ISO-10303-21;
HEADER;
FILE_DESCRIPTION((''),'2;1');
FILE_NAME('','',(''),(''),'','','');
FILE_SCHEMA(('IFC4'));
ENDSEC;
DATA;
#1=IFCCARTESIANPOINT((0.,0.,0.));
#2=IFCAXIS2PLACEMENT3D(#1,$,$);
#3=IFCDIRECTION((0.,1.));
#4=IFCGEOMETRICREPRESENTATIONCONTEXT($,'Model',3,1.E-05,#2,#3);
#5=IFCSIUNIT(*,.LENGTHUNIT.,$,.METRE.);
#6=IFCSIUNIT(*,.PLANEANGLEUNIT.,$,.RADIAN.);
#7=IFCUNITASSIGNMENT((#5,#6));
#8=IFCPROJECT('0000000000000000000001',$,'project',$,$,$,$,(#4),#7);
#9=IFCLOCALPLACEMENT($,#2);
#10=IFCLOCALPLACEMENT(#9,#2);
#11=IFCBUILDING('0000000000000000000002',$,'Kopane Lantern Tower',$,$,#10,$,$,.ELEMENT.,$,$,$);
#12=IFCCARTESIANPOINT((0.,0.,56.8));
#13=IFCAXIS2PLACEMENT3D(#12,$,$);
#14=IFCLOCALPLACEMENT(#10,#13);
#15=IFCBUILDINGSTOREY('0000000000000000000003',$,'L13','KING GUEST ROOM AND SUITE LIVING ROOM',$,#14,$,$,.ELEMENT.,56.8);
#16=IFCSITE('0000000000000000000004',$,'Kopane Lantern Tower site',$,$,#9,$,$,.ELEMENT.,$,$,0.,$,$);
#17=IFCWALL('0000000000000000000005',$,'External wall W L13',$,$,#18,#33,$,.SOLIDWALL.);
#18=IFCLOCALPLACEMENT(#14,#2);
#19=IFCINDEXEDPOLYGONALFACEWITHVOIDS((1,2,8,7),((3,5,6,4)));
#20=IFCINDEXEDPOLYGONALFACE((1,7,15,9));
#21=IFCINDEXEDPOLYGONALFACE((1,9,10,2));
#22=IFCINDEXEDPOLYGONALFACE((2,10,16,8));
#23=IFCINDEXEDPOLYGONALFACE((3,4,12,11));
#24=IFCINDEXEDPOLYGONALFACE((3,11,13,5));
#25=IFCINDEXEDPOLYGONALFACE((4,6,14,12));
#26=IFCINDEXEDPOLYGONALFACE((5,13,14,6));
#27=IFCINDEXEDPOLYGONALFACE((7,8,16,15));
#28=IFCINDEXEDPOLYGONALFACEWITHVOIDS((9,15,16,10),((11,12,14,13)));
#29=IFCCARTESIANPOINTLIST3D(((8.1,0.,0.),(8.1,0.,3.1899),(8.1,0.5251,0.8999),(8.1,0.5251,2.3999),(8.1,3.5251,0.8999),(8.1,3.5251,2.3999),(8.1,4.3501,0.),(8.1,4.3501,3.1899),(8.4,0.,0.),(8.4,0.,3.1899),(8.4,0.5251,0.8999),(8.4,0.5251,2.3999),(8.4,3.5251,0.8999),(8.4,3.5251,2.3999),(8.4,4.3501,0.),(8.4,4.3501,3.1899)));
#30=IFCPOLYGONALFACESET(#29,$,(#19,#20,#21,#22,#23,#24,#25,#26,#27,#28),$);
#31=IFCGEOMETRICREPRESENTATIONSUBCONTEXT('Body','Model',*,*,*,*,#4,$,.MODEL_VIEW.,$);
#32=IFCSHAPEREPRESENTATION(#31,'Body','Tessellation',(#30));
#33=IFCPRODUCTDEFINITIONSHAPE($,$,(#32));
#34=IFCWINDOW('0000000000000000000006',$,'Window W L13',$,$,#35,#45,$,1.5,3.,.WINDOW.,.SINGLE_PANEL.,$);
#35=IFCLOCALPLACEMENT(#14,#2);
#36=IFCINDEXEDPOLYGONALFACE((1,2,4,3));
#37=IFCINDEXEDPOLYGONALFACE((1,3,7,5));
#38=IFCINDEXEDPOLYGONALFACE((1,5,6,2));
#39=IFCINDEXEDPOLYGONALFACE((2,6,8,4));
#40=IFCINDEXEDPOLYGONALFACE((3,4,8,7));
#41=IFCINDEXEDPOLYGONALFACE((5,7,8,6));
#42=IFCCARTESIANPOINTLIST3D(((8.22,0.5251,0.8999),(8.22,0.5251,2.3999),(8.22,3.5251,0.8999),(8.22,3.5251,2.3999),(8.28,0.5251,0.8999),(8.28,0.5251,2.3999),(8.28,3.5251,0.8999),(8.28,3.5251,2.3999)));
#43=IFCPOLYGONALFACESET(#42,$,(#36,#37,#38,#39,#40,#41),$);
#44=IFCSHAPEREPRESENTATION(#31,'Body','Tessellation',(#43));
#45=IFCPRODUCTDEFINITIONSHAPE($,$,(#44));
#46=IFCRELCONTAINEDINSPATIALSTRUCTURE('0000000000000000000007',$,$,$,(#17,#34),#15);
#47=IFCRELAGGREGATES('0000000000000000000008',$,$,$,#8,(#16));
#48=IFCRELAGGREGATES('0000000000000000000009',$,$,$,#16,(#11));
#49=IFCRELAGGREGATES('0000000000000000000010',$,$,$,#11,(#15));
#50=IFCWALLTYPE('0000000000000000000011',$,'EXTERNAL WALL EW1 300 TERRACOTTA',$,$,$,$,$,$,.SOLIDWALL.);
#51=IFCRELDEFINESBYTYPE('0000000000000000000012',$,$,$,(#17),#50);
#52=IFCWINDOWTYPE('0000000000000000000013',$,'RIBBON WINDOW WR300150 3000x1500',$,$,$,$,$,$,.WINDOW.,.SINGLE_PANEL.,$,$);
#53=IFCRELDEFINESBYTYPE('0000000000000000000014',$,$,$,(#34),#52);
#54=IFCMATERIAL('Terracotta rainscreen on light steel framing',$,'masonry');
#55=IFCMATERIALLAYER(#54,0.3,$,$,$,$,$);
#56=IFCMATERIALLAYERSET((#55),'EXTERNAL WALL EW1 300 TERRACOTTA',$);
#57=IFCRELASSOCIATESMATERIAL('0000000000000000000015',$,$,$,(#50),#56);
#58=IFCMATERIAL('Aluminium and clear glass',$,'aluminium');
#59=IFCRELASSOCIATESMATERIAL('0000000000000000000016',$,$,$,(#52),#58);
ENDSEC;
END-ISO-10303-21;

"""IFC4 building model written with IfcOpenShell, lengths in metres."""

from ifc_helpers import new_model, si_unit, direction, frame, frame_2d, origin, place, context, subcontext, project, spatial, rectangle, extrude, material, layer, layer_set, type_object, element, fill, save


model = new_model("IFC4")

# Units and contexts
model_context = context("Model", 3, precision=1e-05, world=origin(), true_north=direction((0.0, 1.0)))
body_context = subcontext(model_context, "Body", "Model", "MODEL_VIEW")
ifc_project = project(units=[si_unit("LENGTHUNIT", "METRE"), si_unit("PLANEANGLEUNIT", "RADIAN")], contexts=[model_context])

# Site, building, storey
site_placement = place(None, origin())
site = spatial("IfcSite", under=ifc_project, at=site_placement, Name="Kopane Lantern Tower site", CompositionType="ELEMENT", RefElevation=0.0)
building_placement = place(site_placement, origin())
building = spatial("IfcBuilding", under=site, at=building_placement, Name="Kopane Lantern Tower", CompositionType="ELEMENT")
storey_placement = place(building_placement, frame((0.0, 0.0, 56.8)))
storey = spatial("IfcBuildingStorey", under=building, at=storey_placement, Name="L13", Description="KING GUEST ROOM AND SUITE LIVING ROOM", CompositionType="ELEMENT", Elevation=56.8)

# Shared definitions
ifc_material_1 = material(Name="Terracotta rainscreen on light steel framing", Category="masonry")
ifc_layer = layer(ifc_material_1, 0.3)
ifc_layer_set = layer_set([ifc_layer], Name="EXTERNAL WALL EW1 300 TERRACOTTA")
wall_type = type_object("IfcWallType", Name="EXTERNAL WALL EW1 300 TERRACOTTA", PredefinedType="SOLIDWALL", material=ifc_layer_set)

# Wall, opening, window
ifc_material_2 = material(Name="Aluminium and clear glass", Category="aluminium")
window_type_1 = type_object("IfcWindowType", Name="RIBBON WINDOW WR300150 3000x1500", PartitioningType="SINGLE_PANEL", PredefinedType="WINDOW", material=ifc_material_2)
wall_1_placement = place(storey_placement, frame((8.25, 4.3501, 0.0), z_axis=(0.0, 0.0, 1.0), x_axis=(0.0, -1.0, 0.0)))
wall_1 = element("IfcWall", 1, at=wall_1_placement, inside=storey, type_object=wall_type, Name="External wall W L13", PredefinedType="SOLIDWALL", context=body_context, shape_type="SweptSolid", body=[
    extrude(rectangle(XDim=4.3501, YDim=0.3, at=frame_2d((2.175, 0.0))), origin(), (0.0, 0.0, 1.0), 3.1899),
])
opening_1_placement = place(wall_1_placement, frame((0.825, 0.0, 0.8999)))
opening_1 = element("IfcOpeningElement", 2, at=opening_1_placement, cuts=wall_1, PredefinedType="OPENING", context=body_context, shape_type="SweptSolid", body=[
    extrude(rectangle(XDim=3.0, YDim=1.5, at=frame_2d((1.5, 0.75))), frame((0.0, 0.1599, 0.0), z_axis=(0.0, -1.0, 0.0), x_axis=(1.0, 0.0, 0.0)), (0.0, 0.0, 1.0), 0.3201),
])
window_1_placement = place(opening_1_placement, origin())
window_1 = element("IfcWindow", 3, at=window_1_placement, inside=storey, type_object=window_type_1, Name="Window W L13", OverallHeight=1.5, OverallWidth=3.0, PartitioningType="SINGLE_PANEL", PredefinedType="WINDOW", context=body_context, shape_type="SweptSolid", body=[
    extrude(rectangle(XDim=3.0, YDim=1.5, at=frame_2d((1.5, 0.75))), frame((0.0, 0.03, 0.0), z_axis=(0.0, -1.0, 0.0), x_axis=(1.0, 0.0, 0.0)), (0.0, 0.0, 1.0), 0.0601),
])
fill(opening_1, window_1)

save(model, "model.ifc")
